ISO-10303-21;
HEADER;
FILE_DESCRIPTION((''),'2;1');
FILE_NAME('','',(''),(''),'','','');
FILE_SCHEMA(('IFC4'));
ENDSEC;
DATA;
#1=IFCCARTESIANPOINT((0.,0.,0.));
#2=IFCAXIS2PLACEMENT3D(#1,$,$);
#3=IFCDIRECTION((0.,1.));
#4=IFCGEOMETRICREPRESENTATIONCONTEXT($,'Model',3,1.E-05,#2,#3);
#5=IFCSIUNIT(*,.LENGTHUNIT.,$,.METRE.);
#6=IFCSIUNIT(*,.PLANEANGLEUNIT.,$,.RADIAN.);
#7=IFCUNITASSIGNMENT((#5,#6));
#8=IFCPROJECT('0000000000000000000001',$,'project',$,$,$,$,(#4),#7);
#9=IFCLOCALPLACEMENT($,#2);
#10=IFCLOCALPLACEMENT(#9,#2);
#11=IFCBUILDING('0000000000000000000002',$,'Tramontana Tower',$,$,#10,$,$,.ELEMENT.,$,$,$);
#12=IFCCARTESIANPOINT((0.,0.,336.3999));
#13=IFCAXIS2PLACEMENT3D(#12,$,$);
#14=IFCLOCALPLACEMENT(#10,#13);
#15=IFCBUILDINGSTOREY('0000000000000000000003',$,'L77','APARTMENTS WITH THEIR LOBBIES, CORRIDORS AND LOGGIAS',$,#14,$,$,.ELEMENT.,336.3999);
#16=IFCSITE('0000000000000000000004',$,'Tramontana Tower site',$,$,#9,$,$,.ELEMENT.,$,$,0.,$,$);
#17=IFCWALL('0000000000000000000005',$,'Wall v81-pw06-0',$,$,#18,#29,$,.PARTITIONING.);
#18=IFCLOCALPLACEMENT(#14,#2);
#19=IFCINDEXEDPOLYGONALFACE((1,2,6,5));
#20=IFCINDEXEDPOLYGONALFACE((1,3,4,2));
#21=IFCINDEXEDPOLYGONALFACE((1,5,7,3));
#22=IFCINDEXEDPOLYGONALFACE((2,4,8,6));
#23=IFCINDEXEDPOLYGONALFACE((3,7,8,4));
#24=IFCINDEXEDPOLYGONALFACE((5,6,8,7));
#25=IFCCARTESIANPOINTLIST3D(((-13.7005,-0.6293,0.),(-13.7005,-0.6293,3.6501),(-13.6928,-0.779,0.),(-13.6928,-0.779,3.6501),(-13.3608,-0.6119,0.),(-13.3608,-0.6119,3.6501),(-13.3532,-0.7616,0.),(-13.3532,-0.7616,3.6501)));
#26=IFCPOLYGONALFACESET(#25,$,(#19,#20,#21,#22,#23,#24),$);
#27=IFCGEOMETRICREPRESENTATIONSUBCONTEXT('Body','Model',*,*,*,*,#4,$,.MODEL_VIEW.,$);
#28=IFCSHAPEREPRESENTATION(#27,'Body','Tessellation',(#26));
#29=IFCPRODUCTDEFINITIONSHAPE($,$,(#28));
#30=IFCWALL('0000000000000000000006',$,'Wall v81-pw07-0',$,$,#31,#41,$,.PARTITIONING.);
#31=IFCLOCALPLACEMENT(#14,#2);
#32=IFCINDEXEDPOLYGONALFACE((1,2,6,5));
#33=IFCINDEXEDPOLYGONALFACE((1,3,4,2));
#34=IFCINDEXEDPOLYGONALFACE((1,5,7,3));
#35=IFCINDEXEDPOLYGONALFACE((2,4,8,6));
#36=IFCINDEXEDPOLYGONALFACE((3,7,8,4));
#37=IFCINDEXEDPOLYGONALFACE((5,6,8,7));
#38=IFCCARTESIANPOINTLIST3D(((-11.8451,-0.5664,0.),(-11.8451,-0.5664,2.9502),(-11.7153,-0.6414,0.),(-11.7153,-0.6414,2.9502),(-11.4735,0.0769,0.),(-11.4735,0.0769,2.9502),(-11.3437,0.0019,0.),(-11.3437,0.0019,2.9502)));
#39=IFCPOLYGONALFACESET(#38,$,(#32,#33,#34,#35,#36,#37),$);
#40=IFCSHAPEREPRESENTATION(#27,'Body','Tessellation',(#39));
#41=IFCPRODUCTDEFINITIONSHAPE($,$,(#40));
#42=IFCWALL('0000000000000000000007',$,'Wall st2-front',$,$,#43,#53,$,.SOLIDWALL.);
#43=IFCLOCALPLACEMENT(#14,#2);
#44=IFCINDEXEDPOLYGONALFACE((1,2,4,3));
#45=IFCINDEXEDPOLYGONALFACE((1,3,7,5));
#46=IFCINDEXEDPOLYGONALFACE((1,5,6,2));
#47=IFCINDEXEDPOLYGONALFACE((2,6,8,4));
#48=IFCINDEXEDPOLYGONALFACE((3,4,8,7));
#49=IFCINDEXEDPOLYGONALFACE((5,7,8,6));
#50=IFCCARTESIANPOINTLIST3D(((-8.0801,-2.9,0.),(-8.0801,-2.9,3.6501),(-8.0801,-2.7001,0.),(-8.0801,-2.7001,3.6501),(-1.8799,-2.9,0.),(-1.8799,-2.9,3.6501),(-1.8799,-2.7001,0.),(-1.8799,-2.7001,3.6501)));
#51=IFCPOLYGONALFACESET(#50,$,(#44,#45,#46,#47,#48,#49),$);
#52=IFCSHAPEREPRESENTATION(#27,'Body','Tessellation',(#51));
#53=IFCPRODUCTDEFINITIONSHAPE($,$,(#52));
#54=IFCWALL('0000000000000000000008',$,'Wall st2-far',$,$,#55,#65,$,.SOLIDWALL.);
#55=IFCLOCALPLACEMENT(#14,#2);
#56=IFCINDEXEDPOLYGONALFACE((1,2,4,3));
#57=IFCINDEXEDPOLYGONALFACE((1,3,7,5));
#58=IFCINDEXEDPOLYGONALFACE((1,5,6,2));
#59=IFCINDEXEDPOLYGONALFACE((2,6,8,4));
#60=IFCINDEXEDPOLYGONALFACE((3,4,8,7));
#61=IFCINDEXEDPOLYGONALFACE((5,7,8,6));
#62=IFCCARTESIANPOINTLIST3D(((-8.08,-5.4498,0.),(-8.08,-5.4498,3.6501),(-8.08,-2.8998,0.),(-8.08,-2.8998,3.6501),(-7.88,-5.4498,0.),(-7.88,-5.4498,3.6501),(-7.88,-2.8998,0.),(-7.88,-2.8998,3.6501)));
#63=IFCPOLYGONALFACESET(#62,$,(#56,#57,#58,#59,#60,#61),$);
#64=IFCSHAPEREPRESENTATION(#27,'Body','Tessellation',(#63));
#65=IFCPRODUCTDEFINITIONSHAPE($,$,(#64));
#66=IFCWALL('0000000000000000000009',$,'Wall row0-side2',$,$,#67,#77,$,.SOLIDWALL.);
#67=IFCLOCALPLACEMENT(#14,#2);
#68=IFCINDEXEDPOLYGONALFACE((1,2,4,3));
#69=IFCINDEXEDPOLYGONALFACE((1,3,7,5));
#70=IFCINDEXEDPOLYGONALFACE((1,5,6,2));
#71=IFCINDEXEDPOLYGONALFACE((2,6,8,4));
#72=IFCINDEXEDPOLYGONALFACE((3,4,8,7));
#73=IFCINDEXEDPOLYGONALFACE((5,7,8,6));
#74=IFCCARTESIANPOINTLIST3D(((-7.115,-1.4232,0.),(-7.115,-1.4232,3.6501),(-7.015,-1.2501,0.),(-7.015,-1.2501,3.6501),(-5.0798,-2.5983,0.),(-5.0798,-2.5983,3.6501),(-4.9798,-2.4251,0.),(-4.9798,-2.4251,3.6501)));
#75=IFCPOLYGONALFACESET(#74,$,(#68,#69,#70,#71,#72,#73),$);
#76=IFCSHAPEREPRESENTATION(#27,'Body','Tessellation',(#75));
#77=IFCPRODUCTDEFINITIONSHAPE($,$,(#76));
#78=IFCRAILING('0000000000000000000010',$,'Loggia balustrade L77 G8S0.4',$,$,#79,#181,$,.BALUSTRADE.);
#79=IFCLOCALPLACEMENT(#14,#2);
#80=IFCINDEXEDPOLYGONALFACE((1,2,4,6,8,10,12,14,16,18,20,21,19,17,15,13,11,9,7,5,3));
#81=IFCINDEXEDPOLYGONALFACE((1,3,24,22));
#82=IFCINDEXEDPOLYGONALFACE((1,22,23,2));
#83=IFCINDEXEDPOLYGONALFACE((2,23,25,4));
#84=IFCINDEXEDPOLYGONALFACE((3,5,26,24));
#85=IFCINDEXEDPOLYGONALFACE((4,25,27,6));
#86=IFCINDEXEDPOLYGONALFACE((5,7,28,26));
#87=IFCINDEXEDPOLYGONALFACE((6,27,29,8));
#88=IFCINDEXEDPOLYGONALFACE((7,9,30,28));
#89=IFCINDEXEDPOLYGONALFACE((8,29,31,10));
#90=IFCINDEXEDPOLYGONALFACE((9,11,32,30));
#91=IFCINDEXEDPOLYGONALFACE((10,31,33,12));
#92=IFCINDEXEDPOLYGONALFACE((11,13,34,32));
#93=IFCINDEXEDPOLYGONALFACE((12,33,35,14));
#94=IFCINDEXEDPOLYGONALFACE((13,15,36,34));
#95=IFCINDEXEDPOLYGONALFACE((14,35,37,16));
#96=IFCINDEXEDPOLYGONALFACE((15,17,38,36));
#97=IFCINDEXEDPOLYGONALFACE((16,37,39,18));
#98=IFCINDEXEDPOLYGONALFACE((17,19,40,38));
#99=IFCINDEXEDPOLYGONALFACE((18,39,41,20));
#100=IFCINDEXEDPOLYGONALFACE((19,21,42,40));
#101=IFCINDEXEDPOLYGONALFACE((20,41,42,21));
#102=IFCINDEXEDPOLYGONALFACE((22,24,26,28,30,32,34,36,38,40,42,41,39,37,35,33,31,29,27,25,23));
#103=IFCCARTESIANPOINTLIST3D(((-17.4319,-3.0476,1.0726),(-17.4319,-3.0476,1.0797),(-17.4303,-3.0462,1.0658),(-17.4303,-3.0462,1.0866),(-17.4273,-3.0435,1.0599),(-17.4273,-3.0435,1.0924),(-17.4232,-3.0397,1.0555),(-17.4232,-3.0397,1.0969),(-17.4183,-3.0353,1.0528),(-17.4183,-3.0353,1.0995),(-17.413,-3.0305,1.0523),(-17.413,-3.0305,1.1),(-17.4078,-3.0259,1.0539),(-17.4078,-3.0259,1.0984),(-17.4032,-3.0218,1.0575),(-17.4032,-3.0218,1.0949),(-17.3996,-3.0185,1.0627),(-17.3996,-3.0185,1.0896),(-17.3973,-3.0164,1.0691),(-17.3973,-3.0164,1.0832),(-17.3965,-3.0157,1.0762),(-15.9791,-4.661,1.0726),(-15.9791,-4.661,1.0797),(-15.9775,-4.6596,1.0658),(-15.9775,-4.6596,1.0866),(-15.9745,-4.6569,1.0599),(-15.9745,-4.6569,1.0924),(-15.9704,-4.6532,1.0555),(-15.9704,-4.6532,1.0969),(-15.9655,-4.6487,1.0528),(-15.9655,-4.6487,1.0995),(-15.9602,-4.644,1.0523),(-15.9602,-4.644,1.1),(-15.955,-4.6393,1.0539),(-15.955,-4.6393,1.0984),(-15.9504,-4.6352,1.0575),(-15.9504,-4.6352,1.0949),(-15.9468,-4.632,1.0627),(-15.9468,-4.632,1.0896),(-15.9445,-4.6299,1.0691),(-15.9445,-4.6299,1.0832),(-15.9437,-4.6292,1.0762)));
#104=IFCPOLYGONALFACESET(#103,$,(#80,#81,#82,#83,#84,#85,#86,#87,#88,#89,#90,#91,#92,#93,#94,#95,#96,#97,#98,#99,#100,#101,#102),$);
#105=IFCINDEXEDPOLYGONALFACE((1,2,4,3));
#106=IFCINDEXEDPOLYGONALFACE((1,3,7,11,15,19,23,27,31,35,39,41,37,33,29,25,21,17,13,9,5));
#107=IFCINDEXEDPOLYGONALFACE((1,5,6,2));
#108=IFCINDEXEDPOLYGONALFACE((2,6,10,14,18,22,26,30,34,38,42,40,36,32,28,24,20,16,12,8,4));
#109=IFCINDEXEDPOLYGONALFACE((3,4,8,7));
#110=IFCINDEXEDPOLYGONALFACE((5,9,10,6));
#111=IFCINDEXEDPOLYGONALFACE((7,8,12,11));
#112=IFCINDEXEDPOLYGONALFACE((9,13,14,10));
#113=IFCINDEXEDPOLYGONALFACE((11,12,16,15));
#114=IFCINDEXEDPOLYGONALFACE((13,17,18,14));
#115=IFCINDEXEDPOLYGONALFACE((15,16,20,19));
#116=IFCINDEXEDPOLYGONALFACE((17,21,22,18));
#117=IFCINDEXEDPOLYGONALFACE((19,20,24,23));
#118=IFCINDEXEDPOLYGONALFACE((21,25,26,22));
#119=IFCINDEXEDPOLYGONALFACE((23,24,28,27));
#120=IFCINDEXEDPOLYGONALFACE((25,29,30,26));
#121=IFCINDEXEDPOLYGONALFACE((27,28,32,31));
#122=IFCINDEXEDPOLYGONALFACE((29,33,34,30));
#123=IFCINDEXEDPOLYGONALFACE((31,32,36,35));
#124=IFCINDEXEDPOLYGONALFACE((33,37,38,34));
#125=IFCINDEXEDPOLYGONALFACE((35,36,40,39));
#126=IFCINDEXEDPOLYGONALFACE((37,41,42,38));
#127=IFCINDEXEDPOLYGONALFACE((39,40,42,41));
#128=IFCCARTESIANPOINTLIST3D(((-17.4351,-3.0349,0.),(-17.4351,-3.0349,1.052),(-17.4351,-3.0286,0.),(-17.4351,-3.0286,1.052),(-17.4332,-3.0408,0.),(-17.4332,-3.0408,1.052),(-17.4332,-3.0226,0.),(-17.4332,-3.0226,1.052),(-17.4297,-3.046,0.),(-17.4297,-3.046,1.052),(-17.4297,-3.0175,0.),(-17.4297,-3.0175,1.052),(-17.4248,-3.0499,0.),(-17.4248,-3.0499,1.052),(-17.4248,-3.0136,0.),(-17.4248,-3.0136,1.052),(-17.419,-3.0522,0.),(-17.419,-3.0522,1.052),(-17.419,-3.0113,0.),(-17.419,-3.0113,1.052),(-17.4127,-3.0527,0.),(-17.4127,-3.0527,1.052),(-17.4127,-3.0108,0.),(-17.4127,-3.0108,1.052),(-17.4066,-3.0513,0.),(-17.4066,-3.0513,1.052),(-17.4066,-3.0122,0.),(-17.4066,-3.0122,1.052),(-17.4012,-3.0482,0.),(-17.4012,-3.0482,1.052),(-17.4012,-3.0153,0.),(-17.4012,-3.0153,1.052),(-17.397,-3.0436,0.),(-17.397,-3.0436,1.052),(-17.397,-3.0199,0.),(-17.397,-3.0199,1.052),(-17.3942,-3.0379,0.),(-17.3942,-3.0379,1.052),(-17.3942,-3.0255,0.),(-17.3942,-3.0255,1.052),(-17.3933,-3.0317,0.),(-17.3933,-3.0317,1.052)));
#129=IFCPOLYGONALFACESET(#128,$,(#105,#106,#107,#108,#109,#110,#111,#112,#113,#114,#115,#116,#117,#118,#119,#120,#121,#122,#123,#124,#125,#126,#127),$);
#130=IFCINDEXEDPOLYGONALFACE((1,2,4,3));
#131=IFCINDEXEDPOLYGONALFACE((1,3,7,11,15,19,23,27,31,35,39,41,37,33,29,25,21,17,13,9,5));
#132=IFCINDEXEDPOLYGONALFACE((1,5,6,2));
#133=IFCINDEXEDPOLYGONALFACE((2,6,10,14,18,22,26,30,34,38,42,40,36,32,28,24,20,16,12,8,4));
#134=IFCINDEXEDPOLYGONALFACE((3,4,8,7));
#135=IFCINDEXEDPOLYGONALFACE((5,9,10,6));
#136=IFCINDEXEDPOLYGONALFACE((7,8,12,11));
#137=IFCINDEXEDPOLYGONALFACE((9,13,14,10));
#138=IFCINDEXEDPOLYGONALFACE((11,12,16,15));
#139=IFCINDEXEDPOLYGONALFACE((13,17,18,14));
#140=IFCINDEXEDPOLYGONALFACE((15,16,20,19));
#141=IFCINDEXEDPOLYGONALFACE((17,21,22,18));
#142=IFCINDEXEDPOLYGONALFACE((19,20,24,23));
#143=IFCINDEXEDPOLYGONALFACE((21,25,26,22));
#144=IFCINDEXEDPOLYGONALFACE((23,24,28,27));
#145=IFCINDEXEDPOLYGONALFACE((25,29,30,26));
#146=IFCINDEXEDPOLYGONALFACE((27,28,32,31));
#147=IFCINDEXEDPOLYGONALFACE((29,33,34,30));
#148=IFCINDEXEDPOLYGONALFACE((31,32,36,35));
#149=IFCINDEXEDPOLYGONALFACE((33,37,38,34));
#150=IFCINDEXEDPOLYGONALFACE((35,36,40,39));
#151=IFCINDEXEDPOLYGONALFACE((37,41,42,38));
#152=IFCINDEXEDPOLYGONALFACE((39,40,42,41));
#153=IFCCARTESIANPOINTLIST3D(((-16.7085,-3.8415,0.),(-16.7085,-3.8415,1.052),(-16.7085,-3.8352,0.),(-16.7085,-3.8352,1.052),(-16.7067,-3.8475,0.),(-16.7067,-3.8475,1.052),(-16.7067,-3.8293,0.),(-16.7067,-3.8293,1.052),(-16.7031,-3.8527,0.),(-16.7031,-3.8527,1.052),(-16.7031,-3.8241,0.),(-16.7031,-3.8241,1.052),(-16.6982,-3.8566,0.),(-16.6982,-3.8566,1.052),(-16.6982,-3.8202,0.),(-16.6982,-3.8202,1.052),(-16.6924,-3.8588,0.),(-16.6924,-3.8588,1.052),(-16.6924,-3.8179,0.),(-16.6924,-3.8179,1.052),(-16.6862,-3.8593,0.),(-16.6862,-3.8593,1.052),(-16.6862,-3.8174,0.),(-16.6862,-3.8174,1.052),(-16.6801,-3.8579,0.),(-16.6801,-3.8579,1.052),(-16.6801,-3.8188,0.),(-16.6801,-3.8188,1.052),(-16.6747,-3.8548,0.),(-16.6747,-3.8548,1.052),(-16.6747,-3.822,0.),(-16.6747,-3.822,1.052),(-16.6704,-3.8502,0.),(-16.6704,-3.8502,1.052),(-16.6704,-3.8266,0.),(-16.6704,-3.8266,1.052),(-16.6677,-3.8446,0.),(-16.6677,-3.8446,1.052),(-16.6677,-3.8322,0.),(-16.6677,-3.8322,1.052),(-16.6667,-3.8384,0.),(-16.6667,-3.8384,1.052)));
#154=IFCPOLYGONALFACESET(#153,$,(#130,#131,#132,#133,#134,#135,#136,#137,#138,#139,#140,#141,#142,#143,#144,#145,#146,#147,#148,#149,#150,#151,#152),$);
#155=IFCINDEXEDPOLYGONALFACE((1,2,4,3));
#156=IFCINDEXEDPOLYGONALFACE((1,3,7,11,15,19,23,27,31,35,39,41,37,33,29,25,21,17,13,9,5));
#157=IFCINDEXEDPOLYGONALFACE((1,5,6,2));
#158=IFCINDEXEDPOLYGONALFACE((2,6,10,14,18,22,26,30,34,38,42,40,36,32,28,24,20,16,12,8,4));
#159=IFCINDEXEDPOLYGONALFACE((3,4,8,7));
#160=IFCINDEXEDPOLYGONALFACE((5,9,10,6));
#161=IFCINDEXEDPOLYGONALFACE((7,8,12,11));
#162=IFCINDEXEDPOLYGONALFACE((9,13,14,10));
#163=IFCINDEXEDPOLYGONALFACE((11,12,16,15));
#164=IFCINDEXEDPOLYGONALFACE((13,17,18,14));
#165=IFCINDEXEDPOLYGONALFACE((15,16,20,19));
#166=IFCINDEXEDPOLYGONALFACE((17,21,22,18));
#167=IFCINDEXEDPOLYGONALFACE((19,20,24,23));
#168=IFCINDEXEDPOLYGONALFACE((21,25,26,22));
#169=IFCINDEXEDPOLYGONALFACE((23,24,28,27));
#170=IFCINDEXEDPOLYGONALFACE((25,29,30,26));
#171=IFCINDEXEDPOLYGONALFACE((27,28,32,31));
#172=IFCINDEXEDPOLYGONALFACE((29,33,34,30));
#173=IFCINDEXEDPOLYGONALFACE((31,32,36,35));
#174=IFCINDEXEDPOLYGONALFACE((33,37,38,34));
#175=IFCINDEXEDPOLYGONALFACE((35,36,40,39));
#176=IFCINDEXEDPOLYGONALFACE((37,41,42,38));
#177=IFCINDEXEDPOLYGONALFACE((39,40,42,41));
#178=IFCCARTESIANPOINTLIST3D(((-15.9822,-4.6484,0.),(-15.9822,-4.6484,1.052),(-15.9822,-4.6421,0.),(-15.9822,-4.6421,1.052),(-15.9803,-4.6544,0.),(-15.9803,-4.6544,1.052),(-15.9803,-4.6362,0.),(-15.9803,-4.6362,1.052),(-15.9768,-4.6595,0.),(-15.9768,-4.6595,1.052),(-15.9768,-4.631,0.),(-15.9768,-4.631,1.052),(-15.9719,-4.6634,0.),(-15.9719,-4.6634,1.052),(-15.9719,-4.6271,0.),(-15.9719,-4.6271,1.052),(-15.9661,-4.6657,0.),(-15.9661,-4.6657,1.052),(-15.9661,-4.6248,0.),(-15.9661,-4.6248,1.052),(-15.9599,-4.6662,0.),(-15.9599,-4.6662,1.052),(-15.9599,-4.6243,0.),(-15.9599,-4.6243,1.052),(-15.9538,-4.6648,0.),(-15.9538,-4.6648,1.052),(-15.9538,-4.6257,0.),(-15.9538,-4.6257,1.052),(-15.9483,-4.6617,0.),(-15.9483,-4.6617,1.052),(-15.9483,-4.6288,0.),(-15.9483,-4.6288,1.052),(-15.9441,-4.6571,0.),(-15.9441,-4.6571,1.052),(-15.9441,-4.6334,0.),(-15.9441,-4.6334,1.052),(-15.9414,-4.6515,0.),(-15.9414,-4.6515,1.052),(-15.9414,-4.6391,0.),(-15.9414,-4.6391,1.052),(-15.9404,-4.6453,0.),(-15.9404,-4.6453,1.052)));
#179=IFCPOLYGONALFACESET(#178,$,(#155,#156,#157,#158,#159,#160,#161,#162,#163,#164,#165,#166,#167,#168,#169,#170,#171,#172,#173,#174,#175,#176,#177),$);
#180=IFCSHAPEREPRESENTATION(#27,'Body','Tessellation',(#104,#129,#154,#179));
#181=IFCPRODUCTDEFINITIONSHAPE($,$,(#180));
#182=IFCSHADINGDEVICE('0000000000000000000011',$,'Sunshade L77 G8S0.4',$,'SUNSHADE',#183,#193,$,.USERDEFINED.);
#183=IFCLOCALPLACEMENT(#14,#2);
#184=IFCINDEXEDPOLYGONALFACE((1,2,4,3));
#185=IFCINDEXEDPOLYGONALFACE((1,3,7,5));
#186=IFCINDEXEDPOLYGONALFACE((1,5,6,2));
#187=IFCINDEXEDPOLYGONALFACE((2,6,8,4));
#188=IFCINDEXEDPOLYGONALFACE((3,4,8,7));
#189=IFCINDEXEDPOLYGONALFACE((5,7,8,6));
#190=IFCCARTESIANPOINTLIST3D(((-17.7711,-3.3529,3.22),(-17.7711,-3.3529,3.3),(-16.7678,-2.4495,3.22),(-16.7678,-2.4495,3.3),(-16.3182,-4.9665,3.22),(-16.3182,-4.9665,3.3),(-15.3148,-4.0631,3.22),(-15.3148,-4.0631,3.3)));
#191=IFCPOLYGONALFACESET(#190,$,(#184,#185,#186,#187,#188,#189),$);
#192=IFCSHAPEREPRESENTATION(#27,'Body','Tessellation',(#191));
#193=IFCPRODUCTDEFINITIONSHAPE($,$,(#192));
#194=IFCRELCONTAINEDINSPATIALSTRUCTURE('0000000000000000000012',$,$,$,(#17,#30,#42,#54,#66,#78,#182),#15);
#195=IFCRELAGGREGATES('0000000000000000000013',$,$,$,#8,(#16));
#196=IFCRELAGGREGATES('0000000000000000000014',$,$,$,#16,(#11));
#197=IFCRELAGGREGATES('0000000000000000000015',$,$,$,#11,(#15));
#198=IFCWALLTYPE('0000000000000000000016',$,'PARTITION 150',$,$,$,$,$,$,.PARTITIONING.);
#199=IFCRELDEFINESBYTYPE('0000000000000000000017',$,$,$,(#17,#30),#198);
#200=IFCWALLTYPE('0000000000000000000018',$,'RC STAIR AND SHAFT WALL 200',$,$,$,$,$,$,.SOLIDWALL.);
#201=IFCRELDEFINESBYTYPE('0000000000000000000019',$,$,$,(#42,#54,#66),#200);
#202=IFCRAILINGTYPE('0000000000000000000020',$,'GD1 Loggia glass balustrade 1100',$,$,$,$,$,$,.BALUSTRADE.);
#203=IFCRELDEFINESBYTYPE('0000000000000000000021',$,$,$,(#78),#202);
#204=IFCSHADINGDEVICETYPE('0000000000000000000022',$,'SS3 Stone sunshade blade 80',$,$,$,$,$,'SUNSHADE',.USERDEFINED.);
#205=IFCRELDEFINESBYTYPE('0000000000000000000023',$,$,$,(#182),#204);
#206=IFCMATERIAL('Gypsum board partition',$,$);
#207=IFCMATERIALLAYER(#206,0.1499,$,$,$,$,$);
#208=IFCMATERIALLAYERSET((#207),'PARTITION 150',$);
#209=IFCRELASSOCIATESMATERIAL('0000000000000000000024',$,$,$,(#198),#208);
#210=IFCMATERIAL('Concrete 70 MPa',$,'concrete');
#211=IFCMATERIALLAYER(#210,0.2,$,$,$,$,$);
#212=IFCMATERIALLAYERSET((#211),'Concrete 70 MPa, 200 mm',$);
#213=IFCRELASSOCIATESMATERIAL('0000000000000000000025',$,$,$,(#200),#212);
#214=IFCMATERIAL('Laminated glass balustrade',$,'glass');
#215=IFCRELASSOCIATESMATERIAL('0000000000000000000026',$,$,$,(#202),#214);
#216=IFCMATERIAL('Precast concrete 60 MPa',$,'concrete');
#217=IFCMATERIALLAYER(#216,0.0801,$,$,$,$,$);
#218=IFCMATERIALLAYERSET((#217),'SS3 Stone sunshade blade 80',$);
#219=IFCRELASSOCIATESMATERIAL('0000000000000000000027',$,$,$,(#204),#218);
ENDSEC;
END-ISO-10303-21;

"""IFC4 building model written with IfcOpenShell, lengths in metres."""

from ifc_helpers import new_model, si_unit, direction, frame, frame_2d, origin, origin_2d, place, context, subcontext, project, spatial, rectangle, circle, extrude, material, layer, layer_set, type_object, element, save


model = new_model("IFC4")

# Units and contexts
model_context = context("Model", 3, precision=1e-05, world=origin(), true_north=direction((0.0, 1.0)))
body_context = subcontext(model_context, "Body", "Model", "MODEL_VIEW")
ifc_project = project(units=[si_unit("LENGTHUNIT", "METRE"), si_unit("PLANEANGLEUNIT", "RADIAN")], contexts=[model_context])

# Site, building, storey
site_placement = place(None, origin())
site = spatial("IfcSite", under=ifc_project, at=site_placement, Name="Tramontana Tower site", CompositionType="ELEMENT", RefElevation=0.0)
building_placement = place(site_placement, origin())
building = spatial("IfcBuilding", under=site, at=building_placement, Name="Tramontana Tower", CompositionType="ELEMENT")
storey_placement = place(building_placement, frame((0.0, 0.0, 336.3999)))
storey = spatial("IfcBuildingStorey", under=building, at=storey_placement, Name="L77", Description="APARTMENTS WITH THEIR LOBBIES, CORRIDORS AND LOGGIAS", CompositionType="ELEMENT", Elevation=336.3999)

# Wall
ifc_material_1 = material(Name="Gypsum board partition")
ifc_layer_1 = layer(ifc_material_1, 0.1499)
ifc_layer_set_1 = layer_set([ifc_layer_1], Name="PARTITION 150")
wall_type_1 = type_object("IfcWallType", Name="PARTITION 150", PredefinedType="PARTITIONING", material=ifc_layer_set_1)
wall_1_placement = place(storey_placement, frame((-13.6965, -0.7041, 0.0), z_axis=(0.0, 0.0, 1.0), x_axis=(0.9987, 0.050976, 0.0)))
element("IfcWall", 1, at=wall_1_placement, inside=storey, type_object=wall_type_1, Name="Wall v81-pw06-0", PredefinedType="PARTITIONING", context=body_context, shape_type="SweptSolid", body=[
    extrude(rectangle(XDim=0.3401, YDim=0.1499, at=frame_2d((0.1699, 0.0))), origin(), (0.0, 0.0, 1.0), 3.6501),
])

# Walls
wall_2_placement = place(storey_placement, frame((-11.7803, -0.604, 0.0), z_axis=(0.0, 0.0, 1.0), x_axis=(0.500168, 0.865928, 0.0)))
element("IfcWall", 2, at=wall_2_placement, inside=storey, type_object=wall_type_1, Name="Wall v81-pw07-0", PredefinedType="PARTITIONING", context=body_context, shape_type="SweptSolid", body=[
    extrude(rectangle(XDim=0.7429, YDim=0.1499, at=frame_2d((0.3716, 0.0))), origin(), (0.0, 0.0, 1.0), 2.9502),
])
ifc_material_2 = material(Name="Concrete 70 MPa", Category="concrete")
ifc_layer_2 = layer(ifc_material_2, 0.2)
ifc_layer_set_2 = layer_set([ifc_layer_2], Name="Concrete 70 MPa, 200 mm")
wall_type_2 = type_object("IfcWallType", Name="RC STAIR AND SHAFT WALL 200", PredefinedType="SOLIDWALL", material=ifc_layer_set_2)
wall_3_placement = place(storey_placement, frame((-8.0801, -2.8, 0.0), z_axis=(0.0, 0.0, 1.0), x_axis=(1.0, 0.0, 0.0)))
element("IfcWall", 3, at=wall_3_placement, inside=storey, type_object=wall_type_2, Name="Wall st2-front", PredefinedType="SOLIDWALL", context=body_context, shape_type="SweptSolid", body=[
    extrude(rectangle(XDim=6.2002, YDim=0.2, at=frame_2d((3.1001, 0.0))), origin(), (0.0, 0.0, 1.0), 3.6501),
])
wall_4_placement = place(storey_placement, frame((-7.98, -2.8999, 0.0), z_axis=(0.0, 0.0, 1.0), x_axis=(0.0, -1.0, 0.0)))
element("IfcWall", 4, at=wall_4_placement, inside=storey, type_object=wall_type_2, Name="Wall st2-far", PredefinedType="SOLIDWALL", context=body_context, shape_type="SweptSolid", body=[
    extrude(rectangle(XDim=2.55, YDim=0.2, at=frame_2d((1.2749, 0.0))), origin(), (0.0, 0.0, 1.0), 3.6501),
])

# Wall
wall_5_placement = place(storey_placement, frame((-5.0298, -2.5117, 0.0), z_axis=(0.0, 0.0, 1.0), x_axis=(-0.866016, 0.500016, 0.0)))
element("IfcWall", 5, at=wall_5_placement, inside=storey, type_object=wall_type_2, Name="Wall row0-side2", PredefinedType="SOLIDWALL", context=body_context, shape_type="SweptSolid", body=[
    extrude(rectangle(XDim=2.3501, YDim=0.2, at=frame_2d((1.175, 0.0))), origin(), (0.0, 0.0, 1.0), 3.6501),
])

# Railing
ifc_material_3 = material(Name="Laminated glass balustrade", Category="glass")
railing_type_1 = type_object("IfcRailingType", Name="GD1 Loggia glass balustrade 1100", PredefinedType="BALUSTRADE", material=ifc_material_3)
railing_1_placement = place(storey_placement, frame((-17.4143, -3.0317, 0.0)))
element("IfcRailing", 6, at=railing_1_placement, inside=storey, type_object=railing_type_1, Name="Loggia balustrade L77 G8S0.4", PredefinedType="BALUSTRADE", context=body_context, shape_type="SweptSolid", body=[
    extrude(circle(Radius=0.0239, at=origin_2d()), frame((0.0, 0.0, 1.0762), z_axis=(0.669145, -0.743132, 0.0), x_axis=(0.743132, 0.669145, 0.0)), (0.0, 0.0, 1.0), 2.1711),
    extrude(circle(Radius=0.021, at=origin_2d()), origin(), (0.0, 0.0, 1.0), 1.052),
    extrude(circle(Radius=0.021, at=origin_2d()), frame((0.7266, -0.8066, 0.0)), (0.0, 0.0, 1.0), 1.052),
    extrude(circle(Radius=0.021, at=origin_2d()), frame((1.4529, -1.6135, 0.0)), (0.0, 0.0, 1.0), 1.052),
])

# Shading device
ifc_material_4 = material(Name="Precast concrete 60 MPa", Category="concrete")
ifc_layer_3 = layer(ifc_material_4, 0.0801)
ifc_layer_set_3 = layer_set([ifc_layer_3], Name="SS3 Stone sunshade blade 80")
shading_device_type = type_object("IfcShadingDeviceType", Name="SS3 Stone sunshade blade 80", ElementType="SUNSHADE", PredefinedType="USERDEFINED", material=ifc_layer_set_3)
shading_device_placement = place(storey_placement, frame((-16.543, -3.708, 3.22), z_axis=(0.0, 0.0, 1.0), x_axis=(0.669131, -0.743145, 0.0)))
element("IfcShadingDevice", 7, at=shading_device_placement, inside=storey, type_object=shading_device_type, Name="Sunshade L77 G8S0.4", ObjectType="SUNSHADE", PredefinedType="USERDEFINED", context=body_context, shape_type="SweptSolid", body=[
    extrude(rectangle(XDim=2.1714, YDim=1.3501, at=origin_2d()), origin(), (0.0, 0.0, 1.0), 0.0801),
])

save(model, "model.ifc")
